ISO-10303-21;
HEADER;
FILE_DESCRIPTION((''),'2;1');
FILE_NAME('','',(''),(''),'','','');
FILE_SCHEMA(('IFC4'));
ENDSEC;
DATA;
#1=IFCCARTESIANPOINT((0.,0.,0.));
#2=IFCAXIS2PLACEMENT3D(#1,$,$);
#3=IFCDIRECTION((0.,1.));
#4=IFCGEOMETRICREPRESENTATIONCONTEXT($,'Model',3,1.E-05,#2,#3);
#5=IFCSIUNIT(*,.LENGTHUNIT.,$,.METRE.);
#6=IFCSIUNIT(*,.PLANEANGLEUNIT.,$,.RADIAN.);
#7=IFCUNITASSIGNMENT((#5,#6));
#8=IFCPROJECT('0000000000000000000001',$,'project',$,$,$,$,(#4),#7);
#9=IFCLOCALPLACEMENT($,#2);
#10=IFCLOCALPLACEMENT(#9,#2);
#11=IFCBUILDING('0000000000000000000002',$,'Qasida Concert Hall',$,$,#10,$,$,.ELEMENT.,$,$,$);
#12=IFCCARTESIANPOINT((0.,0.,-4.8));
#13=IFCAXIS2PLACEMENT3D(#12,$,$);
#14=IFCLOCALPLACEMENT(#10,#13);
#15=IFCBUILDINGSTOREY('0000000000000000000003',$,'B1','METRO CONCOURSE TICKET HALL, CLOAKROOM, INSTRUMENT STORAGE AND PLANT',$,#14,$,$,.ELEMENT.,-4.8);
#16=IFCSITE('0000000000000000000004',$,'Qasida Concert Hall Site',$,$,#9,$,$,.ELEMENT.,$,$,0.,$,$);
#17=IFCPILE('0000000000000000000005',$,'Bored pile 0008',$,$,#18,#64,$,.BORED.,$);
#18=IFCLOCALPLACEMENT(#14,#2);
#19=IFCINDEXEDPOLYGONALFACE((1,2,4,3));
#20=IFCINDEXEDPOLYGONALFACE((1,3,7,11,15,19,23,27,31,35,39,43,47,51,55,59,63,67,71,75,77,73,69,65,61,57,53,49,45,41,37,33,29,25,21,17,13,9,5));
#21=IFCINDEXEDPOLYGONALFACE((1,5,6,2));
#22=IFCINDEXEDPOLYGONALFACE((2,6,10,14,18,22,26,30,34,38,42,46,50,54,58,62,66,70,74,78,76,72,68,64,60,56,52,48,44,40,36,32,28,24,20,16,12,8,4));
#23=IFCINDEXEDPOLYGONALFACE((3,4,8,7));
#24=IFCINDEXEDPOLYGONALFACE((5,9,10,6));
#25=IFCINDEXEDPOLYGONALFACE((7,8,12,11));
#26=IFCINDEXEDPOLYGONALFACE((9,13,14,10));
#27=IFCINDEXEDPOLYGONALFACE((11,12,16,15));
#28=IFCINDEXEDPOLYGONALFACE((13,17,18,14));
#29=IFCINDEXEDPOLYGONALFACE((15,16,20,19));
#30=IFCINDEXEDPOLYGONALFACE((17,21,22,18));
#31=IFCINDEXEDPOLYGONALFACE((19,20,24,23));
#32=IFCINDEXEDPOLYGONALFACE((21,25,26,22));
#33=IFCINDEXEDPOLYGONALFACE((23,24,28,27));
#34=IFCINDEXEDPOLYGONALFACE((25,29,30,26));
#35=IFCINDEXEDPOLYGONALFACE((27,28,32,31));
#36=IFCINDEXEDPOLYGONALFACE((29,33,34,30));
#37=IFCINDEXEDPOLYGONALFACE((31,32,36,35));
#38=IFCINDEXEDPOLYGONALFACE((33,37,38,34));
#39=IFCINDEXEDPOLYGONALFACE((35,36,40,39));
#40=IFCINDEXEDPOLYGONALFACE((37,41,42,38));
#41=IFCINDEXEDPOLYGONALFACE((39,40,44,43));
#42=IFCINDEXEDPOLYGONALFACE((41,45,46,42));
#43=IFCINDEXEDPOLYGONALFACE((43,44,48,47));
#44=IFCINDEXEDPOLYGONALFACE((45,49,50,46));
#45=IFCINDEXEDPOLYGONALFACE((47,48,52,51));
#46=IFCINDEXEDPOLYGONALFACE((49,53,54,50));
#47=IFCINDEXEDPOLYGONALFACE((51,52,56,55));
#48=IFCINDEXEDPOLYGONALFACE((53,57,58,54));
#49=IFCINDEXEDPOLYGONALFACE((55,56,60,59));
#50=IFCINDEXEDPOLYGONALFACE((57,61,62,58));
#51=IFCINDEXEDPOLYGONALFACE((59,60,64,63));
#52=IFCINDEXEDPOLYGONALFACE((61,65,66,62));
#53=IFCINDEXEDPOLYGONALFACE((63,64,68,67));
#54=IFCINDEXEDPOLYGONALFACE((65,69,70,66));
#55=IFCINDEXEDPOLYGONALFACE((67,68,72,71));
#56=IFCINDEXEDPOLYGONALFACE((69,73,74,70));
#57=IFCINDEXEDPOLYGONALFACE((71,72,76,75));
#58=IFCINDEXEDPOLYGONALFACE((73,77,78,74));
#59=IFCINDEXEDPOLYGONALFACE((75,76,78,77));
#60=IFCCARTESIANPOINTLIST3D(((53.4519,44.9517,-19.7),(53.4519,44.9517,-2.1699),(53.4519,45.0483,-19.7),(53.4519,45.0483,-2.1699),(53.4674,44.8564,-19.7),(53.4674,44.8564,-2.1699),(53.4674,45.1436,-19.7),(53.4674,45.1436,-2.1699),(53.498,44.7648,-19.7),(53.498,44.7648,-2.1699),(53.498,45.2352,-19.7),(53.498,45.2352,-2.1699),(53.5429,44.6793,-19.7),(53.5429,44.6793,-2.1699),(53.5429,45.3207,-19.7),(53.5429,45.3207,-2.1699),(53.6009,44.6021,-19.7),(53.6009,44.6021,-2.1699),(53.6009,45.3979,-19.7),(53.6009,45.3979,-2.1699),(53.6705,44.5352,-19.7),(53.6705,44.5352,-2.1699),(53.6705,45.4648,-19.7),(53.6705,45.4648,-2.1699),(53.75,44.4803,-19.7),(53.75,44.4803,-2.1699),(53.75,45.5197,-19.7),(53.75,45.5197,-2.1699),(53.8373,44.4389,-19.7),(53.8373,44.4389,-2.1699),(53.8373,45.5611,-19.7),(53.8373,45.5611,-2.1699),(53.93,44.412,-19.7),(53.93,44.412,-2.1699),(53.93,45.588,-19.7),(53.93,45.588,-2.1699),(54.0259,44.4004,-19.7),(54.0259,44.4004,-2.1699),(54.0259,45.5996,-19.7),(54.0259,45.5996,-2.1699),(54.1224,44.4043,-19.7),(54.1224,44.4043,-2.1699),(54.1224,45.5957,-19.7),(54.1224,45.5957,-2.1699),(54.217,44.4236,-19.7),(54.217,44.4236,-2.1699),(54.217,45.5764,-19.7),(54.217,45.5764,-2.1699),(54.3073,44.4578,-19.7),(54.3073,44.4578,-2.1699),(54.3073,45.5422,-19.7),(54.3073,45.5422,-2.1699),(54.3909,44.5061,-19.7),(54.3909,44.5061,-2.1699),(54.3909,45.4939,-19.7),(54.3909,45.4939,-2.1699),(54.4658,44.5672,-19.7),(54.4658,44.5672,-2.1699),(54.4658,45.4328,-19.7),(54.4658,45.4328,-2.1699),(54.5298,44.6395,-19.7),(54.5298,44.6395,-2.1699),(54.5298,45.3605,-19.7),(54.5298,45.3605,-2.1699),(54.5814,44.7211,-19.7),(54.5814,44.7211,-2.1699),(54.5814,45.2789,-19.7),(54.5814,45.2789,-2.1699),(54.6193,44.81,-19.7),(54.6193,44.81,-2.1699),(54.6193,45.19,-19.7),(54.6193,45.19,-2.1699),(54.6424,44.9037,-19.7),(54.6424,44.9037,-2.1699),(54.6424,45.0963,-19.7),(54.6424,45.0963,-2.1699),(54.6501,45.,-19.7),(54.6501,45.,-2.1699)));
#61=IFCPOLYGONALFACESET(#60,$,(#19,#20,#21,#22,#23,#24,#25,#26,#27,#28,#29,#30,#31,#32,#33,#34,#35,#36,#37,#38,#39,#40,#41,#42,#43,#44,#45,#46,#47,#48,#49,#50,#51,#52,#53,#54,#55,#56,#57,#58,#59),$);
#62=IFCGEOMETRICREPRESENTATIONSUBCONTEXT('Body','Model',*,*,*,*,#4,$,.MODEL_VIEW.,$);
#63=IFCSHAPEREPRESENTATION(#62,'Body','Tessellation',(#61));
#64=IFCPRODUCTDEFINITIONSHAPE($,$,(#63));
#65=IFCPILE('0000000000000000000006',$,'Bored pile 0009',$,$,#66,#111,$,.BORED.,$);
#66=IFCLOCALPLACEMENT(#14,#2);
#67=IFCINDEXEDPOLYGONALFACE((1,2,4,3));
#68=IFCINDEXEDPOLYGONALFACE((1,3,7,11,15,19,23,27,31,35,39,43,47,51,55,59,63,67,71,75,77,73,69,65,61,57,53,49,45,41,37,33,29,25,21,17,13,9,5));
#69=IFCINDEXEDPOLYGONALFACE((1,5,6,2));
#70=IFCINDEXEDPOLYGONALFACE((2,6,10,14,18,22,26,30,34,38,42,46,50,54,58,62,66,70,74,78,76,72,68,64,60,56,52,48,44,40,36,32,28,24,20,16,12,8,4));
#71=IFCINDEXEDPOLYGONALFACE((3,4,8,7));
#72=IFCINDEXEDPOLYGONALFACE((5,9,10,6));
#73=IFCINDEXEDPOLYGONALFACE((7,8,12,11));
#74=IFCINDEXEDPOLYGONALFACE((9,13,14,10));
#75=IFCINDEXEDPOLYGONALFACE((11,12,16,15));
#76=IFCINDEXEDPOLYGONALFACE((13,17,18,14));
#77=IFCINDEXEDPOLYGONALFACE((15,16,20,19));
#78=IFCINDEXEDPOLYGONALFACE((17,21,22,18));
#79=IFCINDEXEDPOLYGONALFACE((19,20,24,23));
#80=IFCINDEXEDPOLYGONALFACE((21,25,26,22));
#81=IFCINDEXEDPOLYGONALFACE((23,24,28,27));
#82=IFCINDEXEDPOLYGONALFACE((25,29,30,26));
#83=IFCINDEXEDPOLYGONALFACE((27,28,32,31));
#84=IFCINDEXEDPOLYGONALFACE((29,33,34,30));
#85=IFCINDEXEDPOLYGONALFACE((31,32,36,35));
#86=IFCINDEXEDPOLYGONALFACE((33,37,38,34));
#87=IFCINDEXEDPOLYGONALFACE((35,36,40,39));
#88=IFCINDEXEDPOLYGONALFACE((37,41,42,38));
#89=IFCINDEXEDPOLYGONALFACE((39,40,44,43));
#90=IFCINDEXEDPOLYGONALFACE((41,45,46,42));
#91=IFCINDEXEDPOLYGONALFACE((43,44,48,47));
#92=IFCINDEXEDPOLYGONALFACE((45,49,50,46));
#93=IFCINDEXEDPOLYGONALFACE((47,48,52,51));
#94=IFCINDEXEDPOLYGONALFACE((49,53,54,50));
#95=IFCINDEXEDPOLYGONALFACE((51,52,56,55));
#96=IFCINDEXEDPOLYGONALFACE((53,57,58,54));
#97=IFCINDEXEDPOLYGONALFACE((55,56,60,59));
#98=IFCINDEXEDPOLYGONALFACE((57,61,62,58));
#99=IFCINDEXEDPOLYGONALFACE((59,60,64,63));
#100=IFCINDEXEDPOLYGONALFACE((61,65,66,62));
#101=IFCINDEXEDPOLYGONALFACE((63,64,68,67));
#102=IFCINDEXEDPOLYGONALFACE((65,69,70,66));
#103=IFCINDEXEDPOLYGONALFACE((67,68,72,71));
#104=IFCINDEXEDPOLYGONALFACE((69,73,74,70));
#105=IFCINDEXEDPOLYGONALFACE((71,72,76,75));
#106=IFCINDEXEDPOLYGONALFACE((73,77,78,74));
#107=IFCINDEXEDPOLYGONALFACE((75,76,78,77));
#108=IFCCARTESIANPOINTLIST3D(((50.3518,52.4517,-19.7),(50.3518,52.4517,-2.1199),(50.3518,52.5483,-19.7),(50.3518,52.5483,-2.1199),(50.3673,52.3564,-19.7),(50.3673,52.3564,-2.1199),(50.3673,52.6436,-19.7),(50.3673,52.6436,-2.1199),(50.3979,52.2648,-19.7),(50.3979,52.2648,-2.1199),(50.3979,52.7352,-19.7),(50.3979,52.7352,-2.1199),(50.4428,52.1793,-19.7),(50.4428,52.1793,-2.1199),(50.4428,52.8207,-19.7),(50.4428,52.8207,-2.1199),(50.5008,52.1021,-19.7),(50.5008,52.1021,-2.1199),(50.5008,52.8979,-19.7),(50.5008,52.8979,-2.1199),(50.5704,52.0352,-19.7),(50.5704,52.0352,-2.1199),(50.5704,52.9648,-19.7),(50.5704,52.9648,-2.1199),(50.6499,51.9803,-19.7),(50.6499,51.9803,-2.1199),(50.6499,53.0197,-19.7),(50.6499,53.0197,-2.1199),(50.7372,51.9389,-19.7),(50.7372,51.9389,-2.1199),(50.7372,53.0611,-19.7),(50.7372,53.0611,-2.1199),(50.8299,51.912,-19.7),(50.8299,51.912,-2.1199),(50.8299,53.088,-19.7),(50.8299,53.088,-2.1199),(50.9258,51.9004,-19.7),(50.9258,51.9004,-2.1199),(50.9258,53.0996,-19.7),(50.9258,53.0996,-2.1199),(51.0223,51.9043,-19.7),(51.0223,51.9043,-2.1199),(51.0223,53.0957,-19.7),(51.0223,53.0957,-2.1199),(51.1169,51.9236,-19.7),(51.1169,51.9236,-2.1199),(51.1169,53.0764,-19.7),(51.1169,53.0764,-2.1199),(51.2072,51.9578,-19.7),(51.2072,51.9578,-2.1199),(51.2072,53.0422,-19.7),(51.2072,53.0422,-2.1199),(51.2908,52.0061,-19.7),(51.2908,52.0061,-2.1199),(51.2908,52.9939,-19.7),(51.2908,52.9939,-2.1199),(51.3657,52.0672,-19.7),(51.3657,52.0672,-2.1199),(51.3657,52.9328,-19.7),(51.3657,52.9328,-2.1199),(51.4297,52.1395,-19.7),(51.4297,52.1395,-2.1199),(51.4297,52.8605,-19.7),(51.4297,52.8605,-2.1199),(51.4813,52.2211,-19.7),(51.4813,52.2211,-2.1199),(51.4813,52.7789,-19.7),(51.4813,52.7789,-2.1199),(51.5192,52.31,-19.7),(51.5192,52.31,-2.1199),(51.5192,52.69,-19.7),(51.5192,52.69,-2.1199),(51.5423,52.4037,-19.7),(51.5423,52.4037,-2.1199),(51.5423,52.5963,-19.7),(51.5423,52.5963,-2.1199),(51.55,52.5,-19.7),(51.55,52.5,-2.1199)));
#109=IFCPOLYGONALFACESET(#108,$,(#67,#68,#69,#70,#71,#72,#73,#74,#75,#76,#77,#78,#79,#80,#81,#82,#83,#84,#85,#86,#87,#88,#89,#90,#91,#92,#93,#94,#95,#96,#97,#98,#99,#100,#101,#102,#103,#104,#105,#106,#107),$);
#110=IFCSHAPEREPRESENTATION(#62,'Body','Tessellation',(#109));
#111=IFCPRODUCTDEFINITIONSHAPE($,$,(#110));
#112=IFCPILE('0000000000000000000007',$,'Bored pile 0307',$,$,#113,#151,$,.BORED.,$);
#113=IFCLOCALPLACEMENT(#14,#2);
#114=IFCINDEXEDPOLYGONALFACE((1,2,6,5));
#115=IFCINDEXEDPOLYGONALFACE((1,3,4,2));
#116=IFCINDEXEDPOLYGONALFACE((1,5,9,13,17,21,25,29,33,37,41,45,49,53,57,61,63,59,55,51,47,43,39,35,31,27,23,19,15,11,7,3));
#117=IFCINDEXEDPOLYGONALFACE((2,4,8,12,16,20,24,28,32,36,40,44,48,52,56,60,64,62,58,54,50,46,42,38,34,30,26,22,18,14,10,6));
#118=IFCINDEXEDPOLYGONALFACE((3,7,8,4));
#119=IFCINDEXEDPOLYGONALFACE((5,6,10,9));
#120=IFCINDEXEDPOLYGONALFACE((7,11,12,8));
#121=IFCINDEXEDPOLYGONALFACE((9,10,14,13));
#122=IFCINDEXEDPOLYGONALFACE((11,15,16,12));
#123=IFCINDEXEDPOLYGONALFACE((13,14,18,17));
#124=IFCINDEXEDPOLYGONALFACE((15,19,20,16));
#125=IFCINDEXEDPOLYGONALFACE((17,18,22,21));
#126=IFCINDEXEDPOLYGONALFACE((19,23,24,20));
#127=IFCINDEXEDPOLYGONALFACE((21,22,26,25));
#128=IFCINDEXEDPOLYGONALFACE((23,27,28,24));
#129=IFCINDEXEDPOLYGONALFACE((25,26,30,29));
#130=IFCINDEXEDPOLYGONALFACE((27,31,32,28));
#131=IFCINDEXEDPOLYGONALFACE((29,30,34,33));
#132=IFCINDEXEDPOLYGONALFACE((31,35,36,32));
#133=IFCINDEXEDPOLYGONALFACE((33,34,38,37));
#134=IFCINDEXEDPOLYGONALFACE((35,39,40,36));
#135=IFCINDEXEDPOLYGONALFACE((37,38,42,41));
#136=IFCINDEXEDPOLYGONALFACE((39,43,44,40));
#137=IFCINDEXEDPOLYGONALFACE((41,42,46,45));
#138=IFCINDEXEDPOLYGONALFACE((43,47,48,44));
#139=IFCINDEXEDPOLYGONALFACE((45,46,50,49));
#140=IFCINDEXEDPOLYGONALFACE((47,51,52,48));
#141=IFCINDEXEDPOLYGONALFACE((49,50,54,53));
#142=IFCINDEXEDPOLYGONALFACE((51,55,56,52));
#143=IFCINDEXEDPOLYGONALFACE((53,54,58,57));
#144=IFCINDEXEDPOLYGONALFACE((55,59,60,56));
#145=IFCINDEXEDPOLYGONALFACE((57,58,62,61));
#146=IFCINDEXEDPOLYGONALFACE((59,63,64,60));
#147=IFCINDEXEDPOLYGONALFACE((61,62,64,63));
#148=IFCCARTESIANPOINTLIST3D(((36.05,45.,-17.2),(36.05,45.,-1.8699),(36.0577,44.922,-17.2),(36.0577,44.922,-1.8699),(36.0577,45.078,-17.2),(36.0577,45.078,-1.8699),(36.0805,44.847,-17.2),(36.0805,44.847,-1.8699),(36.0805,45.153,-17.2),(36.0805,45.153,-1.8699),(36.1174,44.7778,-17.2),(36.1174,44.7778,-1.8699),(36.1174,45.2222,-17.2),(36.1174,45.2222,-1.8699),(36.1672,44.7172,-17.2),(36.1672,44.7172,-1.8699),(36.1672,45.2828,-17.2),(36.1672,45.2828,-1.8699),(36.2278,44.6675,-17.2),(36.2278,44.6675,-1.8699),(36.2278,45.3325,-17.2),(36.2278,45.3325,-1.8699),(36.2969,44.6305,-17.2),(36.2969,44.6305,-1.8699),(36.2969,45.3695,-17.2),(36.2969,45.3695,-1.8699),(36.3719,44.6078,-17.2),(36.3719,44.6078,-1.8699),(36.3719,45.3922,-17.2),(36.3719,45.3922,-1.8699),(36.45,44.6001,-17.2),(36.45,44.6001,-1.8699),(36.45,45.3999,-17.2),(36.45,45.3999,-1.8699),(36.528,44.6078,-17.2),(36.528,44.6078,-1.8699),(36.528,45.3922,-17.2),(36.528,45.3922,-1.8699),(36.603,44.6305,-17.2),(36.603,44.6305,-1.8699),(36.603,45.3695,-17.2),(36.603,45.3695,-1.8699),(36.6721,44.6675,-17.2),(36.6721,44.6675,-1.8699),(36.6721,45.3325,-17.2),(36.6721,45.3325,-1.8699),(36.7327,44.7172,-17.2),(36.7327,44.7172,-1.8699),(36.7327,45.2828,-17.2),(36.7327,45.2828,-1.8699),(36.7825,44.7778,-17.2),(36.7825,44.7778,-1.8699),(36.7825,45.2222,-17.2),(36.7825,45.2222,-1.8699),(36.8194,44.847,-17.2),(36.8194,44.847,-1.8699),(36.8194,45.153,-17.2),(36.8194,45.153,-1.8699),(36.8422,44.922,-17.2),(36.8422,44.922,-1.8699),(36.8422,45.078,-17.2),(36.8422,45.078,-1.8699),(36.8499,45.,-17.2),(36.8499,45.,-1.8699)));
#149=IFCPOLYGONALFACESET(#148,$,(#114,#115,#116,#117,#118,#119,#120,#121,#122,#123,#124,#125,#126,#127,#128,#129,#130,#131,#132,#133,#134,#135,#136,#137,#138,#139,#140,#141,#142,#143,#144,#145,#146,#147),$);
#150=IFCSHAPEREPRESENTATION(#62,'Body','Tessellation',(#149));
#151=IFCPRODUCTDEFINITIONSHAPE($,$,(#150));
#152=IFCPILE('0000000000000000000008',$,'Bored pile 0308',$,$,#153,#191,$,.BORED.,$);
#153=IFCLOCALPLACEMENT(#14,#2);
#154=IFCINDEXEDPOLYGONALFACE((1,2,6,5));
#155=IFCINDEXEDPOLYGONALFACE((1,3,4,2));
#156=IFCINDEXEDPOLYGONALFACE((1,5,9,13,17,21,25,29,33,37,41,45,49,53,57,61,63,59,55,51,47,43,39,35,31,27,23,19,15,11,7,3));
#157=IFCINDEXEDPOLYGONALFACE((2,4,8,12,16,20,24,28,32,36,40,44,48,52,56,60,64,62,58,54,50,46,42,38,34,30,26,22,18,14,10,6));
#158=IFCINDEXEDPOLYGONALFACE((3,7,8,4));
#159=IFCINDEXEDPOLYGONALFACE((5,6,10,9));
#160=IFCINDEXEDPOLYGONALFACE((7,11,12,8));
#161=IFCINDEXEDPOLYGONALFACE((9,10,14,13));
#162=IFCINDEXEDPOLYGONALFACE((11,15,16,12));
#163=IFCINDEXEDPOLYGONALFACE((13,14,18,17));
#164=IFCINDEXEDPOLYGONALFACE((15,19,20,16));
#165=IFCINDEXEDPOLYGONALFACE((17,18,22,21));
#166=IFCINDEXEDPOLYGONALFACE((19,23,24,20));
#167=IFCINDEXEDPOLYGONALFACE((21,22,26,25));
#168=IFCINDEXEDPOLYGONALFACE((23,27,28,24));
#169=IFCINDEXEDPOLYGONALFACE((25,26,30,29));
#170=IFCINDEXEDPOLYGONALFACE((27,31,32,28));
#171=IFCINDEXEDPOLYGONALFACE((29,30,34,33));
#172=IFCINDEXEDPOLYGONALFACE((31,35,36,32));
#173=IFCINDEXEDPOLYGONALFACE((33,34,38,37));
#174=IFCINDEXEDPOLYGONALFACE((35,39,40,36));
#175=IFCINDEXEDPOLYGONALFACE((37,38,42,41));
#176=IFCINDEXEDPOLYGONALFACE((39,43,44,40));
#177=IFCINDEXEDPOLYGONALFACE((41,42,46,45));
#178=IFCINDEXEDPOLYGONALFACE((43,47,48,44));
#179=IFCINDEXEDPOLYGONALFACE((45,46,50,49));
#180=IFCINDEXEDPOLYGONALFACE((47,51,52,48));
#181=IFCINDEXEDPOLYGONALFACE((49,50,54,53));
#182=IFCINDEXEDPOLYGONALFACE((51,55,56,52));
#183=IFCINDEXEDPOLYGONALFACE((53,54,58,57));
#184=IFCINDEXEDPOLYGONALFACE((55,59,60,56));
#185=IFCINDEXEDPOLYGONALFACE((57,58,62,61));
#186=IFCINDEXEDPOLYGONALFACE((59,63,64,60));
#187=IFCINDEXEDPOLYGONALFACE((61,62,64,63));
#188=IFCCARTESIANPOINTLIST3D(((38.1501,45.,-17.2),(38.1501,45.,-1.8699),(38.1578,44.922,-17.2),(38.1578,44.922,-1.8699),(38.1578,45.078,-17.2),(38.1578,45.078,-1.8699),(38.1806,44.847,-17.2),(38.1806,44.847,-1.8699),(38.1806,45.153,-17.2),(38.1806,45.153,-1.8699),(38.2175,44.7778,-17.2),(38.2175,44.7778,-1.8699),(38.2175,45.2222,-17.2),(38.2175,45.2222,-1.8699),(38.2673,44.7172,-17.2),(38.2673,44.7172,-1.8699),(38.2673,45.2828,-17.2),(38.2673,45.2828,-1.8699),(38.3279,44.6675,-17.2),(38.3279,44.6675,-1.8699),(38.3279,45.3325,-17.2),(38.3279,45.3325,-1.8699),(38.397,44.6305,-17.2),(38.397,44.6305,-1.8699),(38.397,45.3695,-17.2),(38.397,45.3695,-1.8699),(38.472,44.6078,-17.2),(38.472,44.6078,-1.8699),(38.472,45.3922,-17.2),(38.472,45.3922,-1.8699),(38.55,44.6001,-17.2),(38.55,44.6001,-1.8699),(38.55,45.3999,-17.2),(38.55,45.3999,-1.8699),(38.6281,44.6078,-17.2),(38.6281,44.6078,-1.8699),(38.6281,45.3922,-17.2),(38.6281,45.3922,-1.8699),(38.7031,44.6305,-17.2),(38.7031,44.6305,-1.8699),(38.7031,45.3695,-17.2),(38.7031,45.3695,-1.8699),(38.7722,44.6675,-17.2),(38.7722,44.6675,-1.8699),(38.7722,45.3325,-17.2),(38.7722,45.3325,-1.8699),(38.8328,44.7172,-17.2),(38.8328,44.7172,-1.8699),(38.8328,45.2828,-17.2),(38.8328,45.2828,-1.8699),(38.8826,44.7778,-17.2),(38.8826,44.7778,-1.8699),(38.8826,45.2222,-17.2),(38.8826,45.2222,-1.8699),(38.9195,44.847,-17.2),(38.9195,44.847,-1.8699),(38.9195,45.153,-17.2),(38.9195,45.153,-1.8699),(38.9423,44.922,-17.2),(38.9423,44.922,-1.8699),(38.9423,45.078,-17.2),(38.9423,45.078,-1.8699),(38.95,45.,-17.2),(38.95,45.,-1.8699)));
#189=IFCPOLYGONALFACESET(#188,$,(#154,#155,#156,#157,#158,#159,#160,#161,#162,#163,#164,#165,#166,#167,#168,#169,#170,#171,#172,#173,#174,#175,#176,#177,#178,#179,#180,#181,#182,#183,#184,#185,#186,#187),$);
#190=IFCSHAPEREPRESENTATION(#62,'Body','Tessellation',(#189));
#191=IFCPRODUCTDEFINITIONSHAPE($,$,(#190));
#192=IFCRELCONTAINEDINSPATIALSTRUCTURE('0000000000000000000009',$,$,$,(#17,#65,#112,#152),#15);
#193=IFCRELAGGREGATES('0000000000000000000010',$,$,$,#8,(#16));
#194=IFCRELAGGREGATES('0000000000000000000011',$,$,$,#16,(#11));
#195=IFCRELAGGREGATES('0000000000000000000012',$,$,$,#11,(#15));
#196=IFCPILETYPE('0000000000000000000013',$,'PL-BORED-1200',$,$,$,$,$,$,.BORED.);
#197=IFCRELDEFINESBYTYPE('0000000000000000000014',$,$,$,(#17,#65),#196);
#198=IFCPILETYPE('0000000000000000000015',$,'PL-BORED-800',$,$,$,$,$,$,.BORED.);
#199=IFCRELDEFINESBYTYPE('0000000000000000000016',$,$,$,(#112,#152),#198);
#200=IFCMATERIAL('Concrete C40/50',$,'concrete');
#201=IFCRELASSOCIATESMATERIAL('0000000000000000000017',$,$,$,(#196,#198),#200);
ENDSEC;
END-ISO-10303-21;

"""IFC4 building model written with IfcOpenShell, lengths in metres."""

from ifc_helpers import new_model, si_unit, direction, frame, origin, origin_2d, place, context, subcontext, project, spatial, circle, extrude, material, material_profile, profile_set, type_object, element, save


model = new_model("IFC4")

# Units and contexts
model_context = context("Model", 3, precision=1e-05, world=origin(), true_north=direction((0.0, 1.0)))
body_context = subcontext(model_context, "Body", "Model", "MODEL_VIEW")
ifc_project = project(units=[si_unit("LENGTHUNIT", "METRE"), si_unit("PLANEANGLEUNIT", "RADIAN")], contexts=[model_context])

# Site, building, storey
site_placement = place(None, origin())
site = spatial("IfcSite", under=ifc_project, at=site_placement, Name="Qasida Concert Hall Site", CompositionType="ELEMENT", RefElevation=0.0)
building_placement = place(site_placement, origin())
building = spatial("IfcBuilding", under=site, at=building_placement, Name="Qasida Concert Hall", CompositionType="ELEMENT")
storey_placement = place(building_placement, frame((0.0, 0.0, -4.8)))
storey = spatial("IfcBuildingStorey", under=building, at=storey_placement, Name="B1", Description="METRO CONCOURSE TICKET HALL, CLOAKROOM, INSTRUMENT STORAGE AND PLANT", CompositionType="ELEMENT", Elevation=-4.8)

# Shared definitions
ifc_material_1 = material(Name="Concrete C40/50", Category="concrete")

# Piles
ifc_material_profile_1 = material_profile(ifc_material_1, circle(Radius=0.6001, at=origin_2d()), Name="BORED PILE D1200")
ifc_profile_set_1 = profile_set([ifc_material_profile_1], Name="Concrete C40/50")
pile_type_1 = type_object("IfcPileType", Name="PL-BORED-1200", PredefinedType="BORED", material=ifc_profile_set_1)
for number, where, z_axis, x_axis, name in (
    (1, (54.05, 45.0, -2.1699), (0.0, 0.0, -1.0), (1.0, 0.0, 0.0), "Bored pile 0008"),
):
    element("IfcPile", number, at=place(storey_placement, frame(where, z_axis=z_axis, x_axis=x_axis)), inside=storey, type_object=pile_type_1, Name=name, PredefinedType="BORED", context=body_context, shape_type="SweptSolid", body=[
        extrude(circle(Radius=0.6001, at=origin_2d()), origin(), (0.0, 0.0, 1.0), 17.53),
    ])
pile_1_placement = place(storey_placement, frame((50.95, 52.5, -2.1199), z_axis=(0.0, 0.0, -1.0), x_axis=(1.0, 0.0, 0.0)))
element("IfcPile", 2, at=pile_1_placement, inside=storey, type_object=pile_type_1, Name="Bored pile 0009", PredefinedType="BORED", context=body_context, shape_type="SweptSolid", body=[
    extrude(circle(Radius=0.6001, at=origin_2d()), origin(), (0.0, 0.0, 1.0), 17.5801),
])
ifc_material_profile_2 = material_profile(ifc_material_1, circle(Radius=0.3999, at=origin_2d()), Name="BORED PILE D800")
ifc_profile_set_2 = profile_set([ifc_material_profile_2], Name="Concrete C40/50")
pile_type_2 = type_object("IfcPileType", Name="PL-BORED-800", PredefinedType="BORED", material=ifc_profile_set_2)
for number, where, z_axis, x_axis, name in (
    (3, (36.45, 45.0, -1.8699), (0.0, 0.0, -1.0), (1.0, 0.0, 0.0), "Bored pile 0307"),
    (4, (38.55, 45.0, -1.8699), (0.0, 0.0, -1.0), (1.0, 0.0, 0.0), "Bored pile 0308"),
):
    element("IfcPile", number, at=place(storey_placement, frame(where, z_axis=z_axis, x_axis=x_axis)), inside=storey, type_object=pile_type_2, Name=name, PredefinedType="BORED", context=body_context, shape_type="SweptSolid", body=[
        extrude(circle(Radius=0.3999, at=origin_2d()), origin(), (0.0, 0.0, 1.0), 15.3301),
    ])

save(model, "model.ifc")
